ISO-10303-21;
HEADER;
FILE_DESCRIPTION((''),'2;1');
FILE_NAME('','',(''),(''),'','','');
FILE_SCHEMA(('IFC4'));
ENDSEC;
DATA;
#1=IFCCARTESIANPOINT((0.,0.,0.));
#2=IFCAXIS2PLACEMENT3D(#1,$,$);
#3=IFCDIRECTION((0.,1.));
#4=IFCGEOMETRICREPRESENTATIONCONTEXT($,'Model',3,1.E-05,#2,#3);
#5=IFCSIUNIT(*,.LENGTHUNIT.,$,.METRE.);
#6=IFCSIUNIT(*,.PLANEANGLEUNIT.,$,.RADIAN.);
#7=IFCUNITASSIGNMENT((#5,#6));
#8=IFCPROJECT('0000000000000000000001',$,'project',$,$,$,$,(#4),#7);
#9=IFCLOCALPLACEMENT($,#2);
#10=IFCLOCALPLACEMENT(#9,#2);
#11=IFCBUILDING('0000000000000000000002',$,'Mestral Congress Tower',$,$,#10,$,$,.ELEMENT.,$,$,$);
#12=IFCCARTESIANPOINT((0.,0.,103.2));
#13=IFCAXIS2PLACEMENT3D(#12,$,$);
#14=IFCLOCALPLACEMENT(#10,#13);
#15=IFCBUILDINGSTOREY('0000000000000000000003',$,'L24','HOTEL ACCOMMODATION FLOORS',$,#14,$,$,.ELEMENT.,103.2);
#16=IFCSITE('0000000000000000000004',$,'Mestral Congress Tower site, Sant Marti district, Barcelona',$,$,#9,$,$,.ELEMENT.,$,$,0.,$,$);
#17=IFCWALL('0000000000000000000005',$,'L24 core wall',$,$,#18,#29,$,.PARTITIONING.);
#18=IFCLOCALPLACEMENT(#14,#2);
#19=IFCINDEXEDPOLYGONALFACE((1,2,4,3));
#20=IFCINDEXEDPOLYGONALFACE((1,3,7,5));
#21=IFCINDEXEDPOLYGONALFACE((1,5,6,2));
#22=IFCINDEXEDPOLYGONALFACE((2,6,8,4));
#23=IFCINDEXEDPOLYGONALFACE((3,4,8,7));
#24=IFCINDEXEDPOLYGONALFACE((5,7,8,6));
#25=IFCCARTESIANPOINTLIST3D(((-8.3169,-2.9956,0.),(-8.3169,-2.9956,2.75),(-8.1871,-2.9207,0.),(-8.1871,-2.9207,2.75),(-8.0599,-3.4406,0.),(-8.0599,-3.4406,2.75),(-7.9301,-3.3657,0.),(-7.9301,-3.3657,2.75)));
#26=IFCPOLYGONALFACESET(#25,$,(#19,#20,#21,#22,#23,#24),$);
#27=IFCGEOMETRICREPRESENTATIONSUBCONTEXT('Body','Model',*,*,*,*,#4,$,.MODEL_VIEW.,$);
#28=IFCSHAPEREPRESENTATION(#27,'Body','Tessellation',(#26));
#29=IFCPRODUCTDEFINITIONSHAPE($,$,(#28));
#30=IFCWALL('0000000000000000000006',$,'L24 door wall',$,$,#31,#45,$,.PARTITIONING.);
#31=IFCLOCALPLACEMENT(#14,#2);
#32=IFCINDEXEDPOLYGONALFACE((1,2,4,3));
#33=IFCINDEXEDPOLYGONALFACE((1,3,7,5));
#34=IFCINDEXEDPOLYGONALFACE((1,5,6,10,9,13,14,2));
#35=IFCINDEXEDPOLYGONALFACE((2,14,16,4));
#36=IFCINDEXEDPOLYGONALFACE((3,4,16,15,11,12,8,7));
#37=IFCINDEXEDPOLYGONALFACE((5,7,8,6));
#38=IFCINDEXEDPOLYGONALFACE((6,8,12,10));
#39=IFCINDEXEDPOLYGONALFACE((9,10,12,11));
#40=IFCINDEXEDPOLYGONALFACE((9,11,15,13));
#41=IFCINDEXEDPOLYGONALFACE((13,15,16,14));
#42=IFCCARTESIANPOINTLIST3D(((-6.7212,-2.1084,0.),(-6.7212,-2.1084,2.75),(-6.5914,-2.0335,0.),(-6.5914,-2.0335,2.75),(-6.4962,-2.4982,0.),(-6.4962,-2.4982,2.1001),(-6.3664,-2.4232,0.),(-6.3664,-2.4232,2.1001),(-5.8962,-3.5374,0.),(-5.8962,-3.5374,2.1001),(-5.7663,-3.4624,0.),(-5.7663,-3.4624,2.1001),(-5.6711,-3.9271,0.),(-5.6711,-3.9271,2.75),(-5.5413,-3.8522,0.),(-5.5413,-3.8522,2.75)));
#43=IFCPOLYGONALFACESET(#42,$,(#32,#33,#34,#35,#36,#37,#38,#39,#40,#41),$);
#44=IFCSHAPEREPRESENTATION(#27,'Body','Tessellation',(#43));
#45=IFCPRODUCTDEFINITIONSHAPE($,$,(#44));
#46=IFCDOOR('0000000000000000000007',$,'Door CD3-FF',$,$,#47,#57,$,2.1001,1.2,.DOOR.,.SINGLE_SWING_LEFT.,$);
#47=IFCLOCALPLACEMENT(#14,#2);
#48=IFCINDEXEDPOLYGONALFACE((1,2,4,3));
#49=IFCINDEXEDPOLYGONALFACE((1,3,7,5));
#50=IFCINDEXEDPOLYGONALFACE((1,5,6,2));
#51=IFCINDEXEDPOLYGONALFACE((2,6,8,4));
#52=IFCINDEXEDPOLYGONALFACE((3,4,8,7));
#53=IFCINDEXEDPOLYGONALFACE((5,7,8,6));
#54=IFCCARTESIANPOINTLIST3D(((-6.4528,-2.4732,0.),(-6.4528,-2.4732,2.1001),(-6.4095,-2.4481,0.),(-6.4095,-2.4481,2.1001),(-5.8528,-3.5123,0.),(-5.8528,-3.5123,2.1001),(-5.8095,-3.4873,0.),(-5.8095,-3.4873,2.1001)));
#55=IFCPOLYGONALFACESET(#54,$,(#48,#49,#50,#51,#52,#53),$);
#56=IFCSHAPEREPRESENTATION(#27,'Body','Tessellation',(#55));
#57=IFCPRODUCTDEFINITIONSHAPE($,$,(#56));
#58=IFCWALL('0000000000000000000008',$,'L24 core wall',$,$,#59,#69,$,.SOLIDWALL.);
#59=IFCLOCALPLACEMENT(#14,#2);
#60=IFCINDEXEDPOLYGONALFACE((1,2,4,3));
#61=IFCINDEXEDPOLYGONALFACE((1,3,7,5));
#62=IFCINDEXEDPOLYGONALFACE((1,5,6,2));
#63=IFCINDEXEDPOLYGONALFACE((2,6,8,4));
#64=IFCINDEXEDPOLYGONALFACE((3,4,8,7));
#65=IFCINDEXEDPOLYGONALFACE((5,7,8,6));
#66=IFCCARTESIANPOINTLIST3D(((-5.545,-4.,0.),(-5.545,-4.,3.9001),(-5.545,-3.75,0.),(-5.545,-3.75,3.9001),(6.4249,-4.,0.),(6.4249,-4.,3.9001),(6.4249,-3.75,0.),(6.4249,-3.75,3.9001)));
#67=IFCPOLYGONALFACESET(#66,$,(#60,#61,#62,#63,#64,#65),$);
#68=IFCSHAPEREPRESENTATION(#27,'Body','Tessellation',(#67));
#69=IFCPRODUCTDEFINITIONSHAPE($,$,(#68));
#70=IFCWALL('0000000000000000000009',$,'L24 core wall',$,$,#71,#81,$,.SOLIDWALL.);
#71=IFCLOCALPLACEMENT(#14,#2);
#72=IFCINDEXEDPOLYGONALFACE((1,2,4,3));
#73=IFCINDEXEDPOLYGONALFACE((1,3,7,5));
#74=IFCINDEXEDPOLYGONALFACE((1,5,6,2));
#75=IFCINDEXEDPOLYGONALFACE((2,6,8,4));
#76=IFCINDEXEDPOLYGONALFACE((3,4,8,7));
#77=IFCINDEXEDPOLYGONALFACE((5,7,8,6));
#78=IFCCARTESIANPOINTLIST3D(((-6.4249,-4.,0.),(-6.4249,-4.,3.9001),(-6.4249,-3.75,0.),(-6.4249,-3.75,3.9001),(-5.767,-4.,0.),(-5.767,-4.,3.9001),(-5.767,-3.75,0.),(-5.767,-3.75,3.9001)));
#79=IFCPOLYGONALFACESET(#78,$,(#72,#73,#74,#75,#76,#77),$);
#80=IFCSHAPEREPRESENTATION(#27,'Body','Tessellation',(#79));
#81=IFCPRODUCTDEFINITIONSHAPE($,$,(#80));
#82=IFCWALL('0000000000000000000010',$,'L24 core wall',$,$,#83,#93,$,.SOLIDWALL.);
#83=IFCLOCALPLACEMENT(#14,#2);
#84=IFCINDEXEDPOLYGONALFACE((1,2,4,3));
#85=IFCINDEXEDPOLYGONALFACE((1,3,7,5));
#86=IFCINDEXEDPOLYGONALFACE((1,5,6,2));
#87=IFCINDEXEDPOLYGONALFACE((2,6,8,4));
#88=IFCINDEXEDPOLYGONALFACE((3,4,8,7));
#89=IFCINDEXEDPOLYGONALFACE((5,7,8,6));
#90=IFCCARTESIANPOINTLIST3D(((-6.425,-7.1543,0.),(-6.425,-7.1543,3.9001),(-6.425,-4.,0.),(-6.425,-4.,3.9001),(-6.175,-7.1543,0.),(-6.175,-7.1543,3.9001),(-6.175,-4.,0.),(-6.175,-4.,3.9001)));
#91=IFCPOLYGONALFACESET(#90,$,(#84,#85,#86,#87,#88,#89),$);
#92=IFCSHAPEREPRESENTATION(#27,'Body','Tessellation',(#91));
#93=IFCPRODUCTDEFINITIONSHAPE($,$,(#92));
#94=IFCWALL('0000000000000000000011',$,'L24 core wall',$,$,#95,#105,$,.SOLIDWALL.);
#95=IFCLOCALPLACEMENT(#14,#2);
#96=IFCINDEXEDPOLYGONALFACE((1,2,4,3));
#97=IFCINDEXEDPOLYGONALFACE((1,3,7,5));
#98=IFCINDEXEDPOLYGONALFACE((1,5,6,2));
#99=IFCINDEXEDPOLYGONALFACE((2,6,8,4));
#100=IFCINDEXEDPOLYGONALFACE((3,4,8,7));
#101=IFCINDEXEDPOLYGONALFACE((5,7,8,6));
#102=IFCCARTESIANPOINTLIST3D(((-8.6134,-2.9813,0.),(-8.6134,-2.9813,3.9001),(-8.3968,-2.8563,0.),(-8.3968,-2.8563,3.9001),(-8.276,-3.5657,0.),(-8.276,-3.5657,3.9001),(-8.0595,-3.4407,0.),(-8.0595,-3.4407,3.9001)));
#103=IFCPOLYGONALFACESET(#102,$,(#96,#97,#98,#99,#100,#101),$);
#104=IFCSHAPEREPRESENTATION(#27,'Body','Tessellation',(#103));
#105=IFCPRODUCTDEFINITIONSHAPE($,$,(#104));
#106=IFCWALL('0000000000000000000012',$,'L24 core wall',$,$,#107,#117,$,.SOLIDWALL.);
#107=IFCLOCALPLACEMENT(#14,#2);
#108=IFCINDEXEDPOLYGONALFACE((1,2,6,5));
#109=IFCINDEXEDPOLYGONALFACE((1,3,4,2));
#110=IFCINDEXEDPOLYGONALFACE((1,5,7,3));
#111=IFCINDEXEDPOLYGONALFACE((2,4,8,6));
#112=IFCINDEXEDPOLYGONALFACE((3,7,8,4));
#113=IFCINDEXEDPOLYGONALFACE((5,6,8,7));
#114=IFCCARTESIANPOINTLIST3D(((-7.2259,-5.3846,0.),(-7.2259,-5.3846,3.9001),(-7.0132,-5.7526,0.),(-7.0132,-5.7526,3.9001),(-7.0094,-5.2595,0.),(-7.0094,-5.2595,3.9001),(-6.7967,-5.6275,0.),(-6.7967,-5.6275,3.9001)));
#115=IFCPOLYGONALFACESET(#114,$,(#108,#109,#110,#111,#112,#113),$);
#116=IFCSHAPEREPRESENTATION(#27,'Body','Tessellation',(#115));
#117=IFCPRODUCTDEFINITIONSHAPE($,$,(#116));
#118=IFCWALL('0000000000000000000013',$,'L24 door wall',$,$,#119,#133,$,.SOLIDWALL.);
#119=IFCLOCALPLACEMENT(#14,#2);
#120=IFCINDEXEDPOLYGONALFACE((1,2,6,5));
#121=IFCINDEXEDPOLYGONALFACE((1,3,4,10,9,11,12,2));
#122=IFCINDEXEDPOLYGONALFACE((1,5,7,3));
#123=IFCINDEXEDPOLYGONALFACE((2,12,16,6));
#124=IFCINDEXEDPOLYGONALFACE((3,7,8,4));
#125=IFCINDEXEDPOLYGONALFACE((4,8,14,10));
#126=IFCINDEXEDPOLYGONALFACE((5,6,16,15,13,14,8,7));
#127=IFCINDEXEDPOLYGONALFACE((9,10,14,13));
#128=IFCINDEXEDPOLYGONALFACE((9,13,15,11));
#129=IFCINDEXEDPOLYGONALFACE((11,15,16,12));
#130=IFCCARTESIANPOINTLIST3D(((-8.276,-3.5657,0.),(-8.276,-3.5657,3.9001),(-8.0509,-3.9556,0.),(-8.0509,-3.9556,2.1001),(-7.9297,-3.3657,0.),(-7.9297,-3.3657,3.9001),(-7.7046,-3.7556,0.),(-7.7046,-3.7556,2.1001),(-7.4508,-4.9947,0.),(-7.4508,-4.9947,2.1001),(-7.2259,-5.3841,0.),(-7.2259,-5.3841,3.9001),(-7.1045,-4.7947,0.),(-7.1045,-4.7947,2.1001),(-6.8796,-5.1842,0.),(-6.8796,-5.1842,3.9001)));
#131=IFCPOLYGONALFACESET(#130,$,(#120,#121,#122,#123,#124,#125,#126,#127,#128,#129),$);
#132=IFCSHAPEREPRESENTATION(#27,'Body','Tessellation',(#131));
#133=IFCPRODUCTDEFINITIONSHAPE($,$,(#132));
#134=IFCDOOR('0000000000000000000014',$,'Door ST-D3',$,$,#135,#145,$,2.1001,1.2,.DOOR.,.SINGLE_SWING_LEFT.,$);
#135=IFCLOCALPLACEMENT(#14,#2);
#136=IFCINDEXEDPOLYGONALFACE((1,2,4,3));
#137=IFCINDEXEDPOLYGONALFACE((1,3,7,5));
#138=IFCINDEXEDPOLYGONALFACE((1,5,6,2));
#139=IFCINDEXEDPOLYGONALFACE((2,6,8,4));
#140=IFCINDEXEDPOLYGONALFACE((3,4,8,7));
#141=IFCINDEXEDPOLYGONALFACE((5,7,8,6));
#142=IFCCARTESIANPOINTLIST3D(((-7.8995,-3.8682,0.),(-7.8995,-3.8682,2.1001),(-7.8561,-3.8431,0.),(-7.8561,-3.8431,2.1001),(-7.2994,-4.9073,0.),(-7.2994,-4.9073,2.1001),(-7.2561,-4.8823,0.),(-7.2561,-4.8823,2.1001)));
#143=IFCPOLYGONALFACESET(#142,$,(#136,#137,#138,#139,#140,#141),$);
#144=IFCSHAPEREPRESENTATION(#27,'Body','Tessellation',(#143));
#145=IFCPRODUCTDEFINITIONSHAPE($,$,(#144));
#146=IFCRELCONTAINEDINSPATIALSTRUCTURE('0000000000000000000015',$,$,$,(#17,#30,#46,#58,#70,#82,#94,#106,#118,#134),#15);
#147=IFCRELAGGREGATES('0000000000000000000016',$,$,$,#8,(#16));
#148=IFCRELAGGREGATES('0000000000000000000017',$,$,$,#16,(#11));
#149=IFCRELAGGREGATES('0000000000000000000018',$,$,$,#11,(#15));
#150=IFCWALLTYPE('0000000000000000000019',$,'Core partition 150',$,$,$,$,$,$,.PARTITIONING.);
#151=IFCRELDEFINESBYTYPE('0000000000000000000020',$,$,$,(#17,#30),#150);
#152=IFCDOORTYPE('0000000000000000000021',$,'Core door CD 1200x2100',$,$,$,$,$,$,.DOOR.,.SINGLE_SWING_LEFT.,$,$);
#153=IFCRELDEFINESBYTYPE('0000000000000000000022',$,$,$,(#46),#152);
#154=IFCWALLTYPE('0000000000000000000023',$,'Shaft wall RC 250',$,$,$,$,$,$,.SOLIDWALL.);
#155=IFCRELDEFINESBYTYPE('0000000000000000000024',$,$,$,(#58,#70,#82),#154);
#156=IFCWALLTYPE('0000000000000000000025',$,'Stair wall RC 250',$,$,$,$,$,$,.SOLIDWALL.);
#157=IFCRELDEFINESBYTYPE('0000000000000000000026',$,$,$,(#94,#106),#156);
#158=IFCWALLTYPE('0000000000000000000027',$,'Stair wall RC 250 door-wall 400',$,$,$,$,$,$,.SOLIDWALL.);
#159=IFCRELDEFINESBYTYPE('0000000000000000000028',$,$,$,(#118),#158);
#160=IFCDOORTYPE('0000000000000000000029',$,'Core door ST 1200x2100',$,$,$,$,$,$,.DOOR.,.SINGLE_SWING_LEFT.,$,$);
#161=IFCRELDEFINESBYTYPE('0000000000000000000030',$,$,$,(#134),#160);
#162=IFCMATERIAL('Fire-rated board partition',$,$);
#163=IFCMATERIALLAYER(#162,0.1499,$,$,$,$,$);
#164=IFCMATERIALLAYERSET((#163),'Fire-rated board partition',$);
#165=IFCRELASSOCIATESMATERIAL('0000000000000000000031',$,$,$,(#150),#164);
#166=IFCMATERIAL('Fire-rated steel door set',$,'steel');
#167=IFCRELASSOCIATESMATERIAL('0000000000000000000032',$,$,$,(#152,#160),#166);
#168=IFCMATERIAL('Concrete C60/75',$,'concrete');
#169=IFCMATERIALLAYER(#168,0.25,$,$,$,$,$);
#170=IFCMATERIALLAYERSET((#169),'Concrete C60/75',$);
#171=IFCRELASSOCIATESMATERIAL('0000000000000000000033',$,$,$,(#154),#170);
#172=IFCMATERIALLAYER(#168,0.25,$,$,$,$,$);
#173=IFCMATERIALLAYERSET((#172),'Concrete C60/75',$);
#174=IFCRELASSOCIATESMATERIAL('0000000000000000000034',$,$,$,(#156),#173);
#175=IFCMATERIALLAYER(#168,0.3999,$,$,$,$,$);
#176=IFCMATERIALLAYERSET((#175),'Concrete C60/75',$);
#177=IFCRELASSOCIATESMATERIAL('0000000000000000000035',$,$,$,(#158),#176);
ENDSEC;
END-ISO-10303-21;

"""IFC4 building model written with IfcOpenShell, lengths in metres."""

from ifc_helpers import new_model, si_unit, direction, frame, frame_2d, origin, place, context, subcontext, project, spatial, rectangle, extrude, material, layer, layer_set, type_object, element, fill, save


model = new_model("IFC4")

# Units and contexts
model_context = context("Model", 3, precision=1e-05, world=origin(), true_north=direction((0.0, 1.0)))
body_context = subcontext(model_context, "Body", "Model", "MODEL_VIEW")
ifc_project = project(units=[si_unit("LENGTHUNIT", "METRE"), si_unit("PLANEANGLEUNIT", "RADIAN")], contexts=[model_context])

# Site, building, storey
site_placement = place(None, origin())
site = spatial("IfcSite", under=ifc_project, at=site_placement, Name="Mestral Congress Tower site, Sant Marti district, Barcelona", CompositionType="ELEMENT", RefElevation=0.0)
building_placement = place(site_placement, origin())
building = spatial("IfcBuilding", under=site, at=building_placement, Name="Mestral Congress Tower", CompositionType="ELEMENT")
storey_placement = place(building_placement, frame((0.0, 0.0, 103.2)))
storey = spatial("IfcBuildingStorey", under=building, at=storey_placement, Name="L24", Description="HOTEL ACCOMMODATION FLOORS", CompositionType="ELEMENT", Elevation=103.2)

# Wall
ifc_material_1 = material(Name="Fire-rated board partition")
ifc_layer_1 = layer(ifc_material_1, 0.1499)
ifc_layer_set_1 = layer_set([ifc_layer_1], Name="Fire-rated board partition")
wall_type_1 = type_object("IfcWallType", Name="Core partition 150", PredefinedType="PARTITIONING", material=ifc_layer_set_1)
wall_1_placement = place(storey_placement, frame((-8.252, -2.9583, 0.0), z_axis=(0.0, 0.0, 1.0), x_axis=(0.500175, -0.865925, 0.0)))
element("IfcWall", 1, at=wall_1_placement, inside=storey, type_object=wall_type_1, Name="L24 core wall", PredefinedType="PARTITIONING", context=body_context, shape_type="SweptSolid", body=[
    extrude(rectangle(XDim=0.5139, YDim=0.1499, at=frame_2d((0.2568, 0.0))), origin(), (0.0, 0.0, 1.0), 2.75),
])

# Wall, opening, door
wall_2_placement = place(storey_placement, frame((-5.6062, -3.8896, 0.0), z_axis=(0.0, 0.0, 1.0), x_axis=(-0.500028, 0.866009, 0.0)))
wall_2 = element("IfcWall", 2, at=wall_2_placement, inside=storey, type_object=wall_type_1, Name="L24 door wall", PredefinedType="PARTITIONING", context=body_context, shape_type="SweptSolid", body=[
    extrude(rectangle(XDim=2.1001, YDim=0.1499, at=frame_2d((1.05, 0.0))), origin(), (0.0, 0.0, 1.0), 2.75),
])
opening_1_placement = place(wall_2_placement, frame((0.45, 0.0, 0.0)))
opening_1 = element("IfcOpeningElement", 3, at=opening_1_placement, cuts=wall_2, PredefinedType="OPENING", context=body_context, shape_type="SweptSolid", body=[
    extrude(rectangle(XDim=1.2, YDim=2.1001, at=frame_2d((0.6001, 1.05))), frame((0.0, 0.085, 0.0), z_axis=(0.0, -1.0, 0.0), x_axis=(1.0, 0.0, 0.0)), (0.0, 0.0, 1.0), 0.1699),
])
ifc_material_2 = material(Name="Fire-rated steel door set", Category="steel")
door_type_1 = type_object("IfcDoorType", Name="Core door CD 1200x2100", OperationType="SINGLE_SWING_LEFT", PredefinedType="DOOR", material=ifc_material_2)
door_1_placement = place(opening_1_placement, origin())
door_1 = element("IfcDoor", 4, at=door_1_placement, inside=storey, type_object=door_type_1, Name="Door CD3-FF", OperationType="SINGLE_SWING_LEFT", OverallHeight=2.1001, OverallWidth=1.2, PredefinedType="DOOR", context=body_context, shape_type="SweptSolid", body=[
    extrude(rectangle(XDim=1.2, YDim=2.1001, at=frame_2d((0.6001, 1.05))), frame((0.0, 0.0249, 0.0), z_axis=(0.0, -1.0, 0.0), x_axis=(1.0, 0.0, 0.0)), (0.0, 0.0, 1.0), 0.05),
])
fill(opening_1, door_1)

# Walls
ifc_material_3 = material(Name="Concrete C60/75", Category="concrete")
ifc_layer_2 = layer(ifc_material_3, 0.25)
ifc_layer_set_2 = layer_set([ifc_layer_2], Name="Concrete C60/75")
wall_type_2 = type_object("IfcWallType", Name="Shaft wall RC 250", PredefinedType="SOLIDWALL", material=ifc_layer_set_2)
wall_3_placement = place(storey_placement, frame((-5.5449, -3.875, 0.0), z_axis=(0.0, 0.0, 1.0), x_axis=(1.0, 0.0, 0.0)))
element("IfcWall", 5, at=wall_3_placement, inside=storey, type_object=wall_type_2, Name="L24 core wall", PredefinedType="SOLIDWALL", context=body_context, shape_type="SweptSolid", body=[
    extrude(rectangle(XDim=11.97, YDim=0.25, at=frame_2d((5.9849, 0.0))), origin(), (0.0, 0.0, 1.0), 3.9001),
])
wall_4_placement = place(storey_placement, frame((-6.425, -3.875, 0.0), z_axis=(0.0, 0.0, 1.0), x_axis=(1.0, 0.0, 0.0)))
element("IfcWall", 6, at=wall_4_placement, inside=storey, type_object=wall_type_2, Name="L24 core wall", PredefinedType="SOLIDWALL", context=body_context, shape_type="SweptSolid", body=[
    extrude(rectangle(XDim=0.658, YDim=0.25, at=frame_2d((0.3291, 0.0))), origin(), (0.0, 0.0, 1.0), 3.9001),
])
wall_5_placement = place(storey_placement, frame((-6.3, -4.0, 0.0), z_axis=(0.0, 0.0, 1.0), x_axis=(0.0, -1.0, 0.0)))
element("IfcWall", 7, at=wall_5_placement, inside=storey, type_object=wall_type_2, Name="L24 core wall", PredefinedType="SOLIDWALL", context=body_context, shape_type="SweptSolid", body=[
    extrude(rectangle(XDim=3.1543, YDim=0.25, at=frame_2d((1.5771, 0.0))), origin(), (0.0, 0.0, 1.0), 3.9001),
])
ifc_layer_3 = layer(ifc_material_3, 0.25)
ifc_layer_set_3 = layer_set([ifc_layer_3], Name="Concrete C60/75")
wall_type_3 = type_object("IfcWallType", Name="Stair wall RC 250", PredefinedType="SOLIDWALL", material=ifc_layer_set_3)
wall_6_placement = place(storey_placement, frame((-8.1677, -3.5032, 0.0), z_axis=(0.0, 0.0, 1.0), x_axis=(-0.499952, 0.866053, 0.0)))
element("IfcWall", 8, at=wall_6_placement, inside=storey, type_object=wall_type_3, Name="L24 core wall", PredefinedType="SOLIDWALL", context=body_context, shape_type="SweptSolid", body=[
    extrude(rectangle(XDim=0.6748, YDim=0.25, at=frame_2d((0.3374, 0.0))), origin(), (0.0, 0.0, 1.0), 3.9001),
])
wall_7_placement = place(storey_placement, frame((-6.905, -5.6899, 0.0), z_axis=(0.0, 0.0, 1.0), x_axis=(-0.500402, 0.865793, 0.0)))
element("IfcWall", 9, at=wall_7_placement, inside=storey, type_object=wall_type_3, Name="L24 core wall", PredefinedType="SOLIDWALL", context=body_context, shape_type="SweptSolid", body=[
    extrude(rectangle(XDim=0.425, YDim=0.25, at=frame_2d((0.2124, 0.0))), origin(), (0.0, 0.0, 1.0), 3.9001),
])

# Wall, opening, door
ifc_layer_4 = layer(ifc_material_3, 0.3999)
ifc_layer_set_4 = layer_set([ifc_layer_4], Name="Concrete C60/75")
wall_type_4 = type_object("IfcWallType", Name="Stair wall RC 250 door-wall 400", PredefinedType="SOLIDWALL", material=ifc_layer_set_4)
wall_8_placement = place(storey_placement, frame((-8.1028, -3.4658, 0.0), z_axis=(0.0, 0.0, 1.0), x_axis=(0.500078, -0.86598, 0.0)))
wall_8 = element("IfcWall", 10, at=wall_8_placement, inside=storey, type_object=wall_type_4, Name="L24 door wall", PredefinedType="SOLIDWALL", context=body_context, shape_type="SweptSolid", body=[
    extrude(rectangle(XDim=2.0999, YDim=0.3999, at=frame_2d((1.0498, 0.0))), origin(), (0.0, 0.0, 1.0), 3.9001),
])
opening_2_placement = place(wall_8_placement, frame((0.45, 0.0, 0.0)))
opening_2 = element("IfcOpeningElement", 11, at=opening_2_placement, cuts=wall_8, PredefinedType="OPENING", context=body_context, shape_type="SweptSolid", body=[
    extrude(rectangle(XDim=1.2, YDim=2.1001, at=frame_2d((0.6001, 1.05))), frame((0.0, 0.21, 0.0), z_axis=(0.0, -1.0, 0.0), x_axis=(1.0, 0.0, 0.0)), (0.0, 0.0, 1.0), 0.4199),
])
door_type_2 = type_object("IfcDoorType", Name="Core door ST 1200x2100", OperationType="SINGLE_SWING_LEFT", PredefinedType="DOOR", material=ifc_material_2)
door_2_placement = place(opening_2_placement, origin())
door_2 = element("IfcDoor", 12, at=door_2_placement, inside=storey, type_object=door_type_2, Name="Door ST-D3", OperationType="SINGLE_SWING_LEFT", OverallHeight=2.1001, OverallWidth=1.2, PredefinedType="DOOR", context=body_context, shape_type="SweptSolid", body=[
    extrude(rectangle(XDim=1.2, YDim=2.1001, at=frame_2d((0.6001, 1.05))), frame((0.0, 0.0249, 0.0), z_axis=(0.0, -1.0, 0.0), x_axis=(1.0, 0.0, 0.0)), (0.0, 0.0, 1.0), 0.05),
])
fill(opening_2, door_2)

save(model, "model.ifc")
